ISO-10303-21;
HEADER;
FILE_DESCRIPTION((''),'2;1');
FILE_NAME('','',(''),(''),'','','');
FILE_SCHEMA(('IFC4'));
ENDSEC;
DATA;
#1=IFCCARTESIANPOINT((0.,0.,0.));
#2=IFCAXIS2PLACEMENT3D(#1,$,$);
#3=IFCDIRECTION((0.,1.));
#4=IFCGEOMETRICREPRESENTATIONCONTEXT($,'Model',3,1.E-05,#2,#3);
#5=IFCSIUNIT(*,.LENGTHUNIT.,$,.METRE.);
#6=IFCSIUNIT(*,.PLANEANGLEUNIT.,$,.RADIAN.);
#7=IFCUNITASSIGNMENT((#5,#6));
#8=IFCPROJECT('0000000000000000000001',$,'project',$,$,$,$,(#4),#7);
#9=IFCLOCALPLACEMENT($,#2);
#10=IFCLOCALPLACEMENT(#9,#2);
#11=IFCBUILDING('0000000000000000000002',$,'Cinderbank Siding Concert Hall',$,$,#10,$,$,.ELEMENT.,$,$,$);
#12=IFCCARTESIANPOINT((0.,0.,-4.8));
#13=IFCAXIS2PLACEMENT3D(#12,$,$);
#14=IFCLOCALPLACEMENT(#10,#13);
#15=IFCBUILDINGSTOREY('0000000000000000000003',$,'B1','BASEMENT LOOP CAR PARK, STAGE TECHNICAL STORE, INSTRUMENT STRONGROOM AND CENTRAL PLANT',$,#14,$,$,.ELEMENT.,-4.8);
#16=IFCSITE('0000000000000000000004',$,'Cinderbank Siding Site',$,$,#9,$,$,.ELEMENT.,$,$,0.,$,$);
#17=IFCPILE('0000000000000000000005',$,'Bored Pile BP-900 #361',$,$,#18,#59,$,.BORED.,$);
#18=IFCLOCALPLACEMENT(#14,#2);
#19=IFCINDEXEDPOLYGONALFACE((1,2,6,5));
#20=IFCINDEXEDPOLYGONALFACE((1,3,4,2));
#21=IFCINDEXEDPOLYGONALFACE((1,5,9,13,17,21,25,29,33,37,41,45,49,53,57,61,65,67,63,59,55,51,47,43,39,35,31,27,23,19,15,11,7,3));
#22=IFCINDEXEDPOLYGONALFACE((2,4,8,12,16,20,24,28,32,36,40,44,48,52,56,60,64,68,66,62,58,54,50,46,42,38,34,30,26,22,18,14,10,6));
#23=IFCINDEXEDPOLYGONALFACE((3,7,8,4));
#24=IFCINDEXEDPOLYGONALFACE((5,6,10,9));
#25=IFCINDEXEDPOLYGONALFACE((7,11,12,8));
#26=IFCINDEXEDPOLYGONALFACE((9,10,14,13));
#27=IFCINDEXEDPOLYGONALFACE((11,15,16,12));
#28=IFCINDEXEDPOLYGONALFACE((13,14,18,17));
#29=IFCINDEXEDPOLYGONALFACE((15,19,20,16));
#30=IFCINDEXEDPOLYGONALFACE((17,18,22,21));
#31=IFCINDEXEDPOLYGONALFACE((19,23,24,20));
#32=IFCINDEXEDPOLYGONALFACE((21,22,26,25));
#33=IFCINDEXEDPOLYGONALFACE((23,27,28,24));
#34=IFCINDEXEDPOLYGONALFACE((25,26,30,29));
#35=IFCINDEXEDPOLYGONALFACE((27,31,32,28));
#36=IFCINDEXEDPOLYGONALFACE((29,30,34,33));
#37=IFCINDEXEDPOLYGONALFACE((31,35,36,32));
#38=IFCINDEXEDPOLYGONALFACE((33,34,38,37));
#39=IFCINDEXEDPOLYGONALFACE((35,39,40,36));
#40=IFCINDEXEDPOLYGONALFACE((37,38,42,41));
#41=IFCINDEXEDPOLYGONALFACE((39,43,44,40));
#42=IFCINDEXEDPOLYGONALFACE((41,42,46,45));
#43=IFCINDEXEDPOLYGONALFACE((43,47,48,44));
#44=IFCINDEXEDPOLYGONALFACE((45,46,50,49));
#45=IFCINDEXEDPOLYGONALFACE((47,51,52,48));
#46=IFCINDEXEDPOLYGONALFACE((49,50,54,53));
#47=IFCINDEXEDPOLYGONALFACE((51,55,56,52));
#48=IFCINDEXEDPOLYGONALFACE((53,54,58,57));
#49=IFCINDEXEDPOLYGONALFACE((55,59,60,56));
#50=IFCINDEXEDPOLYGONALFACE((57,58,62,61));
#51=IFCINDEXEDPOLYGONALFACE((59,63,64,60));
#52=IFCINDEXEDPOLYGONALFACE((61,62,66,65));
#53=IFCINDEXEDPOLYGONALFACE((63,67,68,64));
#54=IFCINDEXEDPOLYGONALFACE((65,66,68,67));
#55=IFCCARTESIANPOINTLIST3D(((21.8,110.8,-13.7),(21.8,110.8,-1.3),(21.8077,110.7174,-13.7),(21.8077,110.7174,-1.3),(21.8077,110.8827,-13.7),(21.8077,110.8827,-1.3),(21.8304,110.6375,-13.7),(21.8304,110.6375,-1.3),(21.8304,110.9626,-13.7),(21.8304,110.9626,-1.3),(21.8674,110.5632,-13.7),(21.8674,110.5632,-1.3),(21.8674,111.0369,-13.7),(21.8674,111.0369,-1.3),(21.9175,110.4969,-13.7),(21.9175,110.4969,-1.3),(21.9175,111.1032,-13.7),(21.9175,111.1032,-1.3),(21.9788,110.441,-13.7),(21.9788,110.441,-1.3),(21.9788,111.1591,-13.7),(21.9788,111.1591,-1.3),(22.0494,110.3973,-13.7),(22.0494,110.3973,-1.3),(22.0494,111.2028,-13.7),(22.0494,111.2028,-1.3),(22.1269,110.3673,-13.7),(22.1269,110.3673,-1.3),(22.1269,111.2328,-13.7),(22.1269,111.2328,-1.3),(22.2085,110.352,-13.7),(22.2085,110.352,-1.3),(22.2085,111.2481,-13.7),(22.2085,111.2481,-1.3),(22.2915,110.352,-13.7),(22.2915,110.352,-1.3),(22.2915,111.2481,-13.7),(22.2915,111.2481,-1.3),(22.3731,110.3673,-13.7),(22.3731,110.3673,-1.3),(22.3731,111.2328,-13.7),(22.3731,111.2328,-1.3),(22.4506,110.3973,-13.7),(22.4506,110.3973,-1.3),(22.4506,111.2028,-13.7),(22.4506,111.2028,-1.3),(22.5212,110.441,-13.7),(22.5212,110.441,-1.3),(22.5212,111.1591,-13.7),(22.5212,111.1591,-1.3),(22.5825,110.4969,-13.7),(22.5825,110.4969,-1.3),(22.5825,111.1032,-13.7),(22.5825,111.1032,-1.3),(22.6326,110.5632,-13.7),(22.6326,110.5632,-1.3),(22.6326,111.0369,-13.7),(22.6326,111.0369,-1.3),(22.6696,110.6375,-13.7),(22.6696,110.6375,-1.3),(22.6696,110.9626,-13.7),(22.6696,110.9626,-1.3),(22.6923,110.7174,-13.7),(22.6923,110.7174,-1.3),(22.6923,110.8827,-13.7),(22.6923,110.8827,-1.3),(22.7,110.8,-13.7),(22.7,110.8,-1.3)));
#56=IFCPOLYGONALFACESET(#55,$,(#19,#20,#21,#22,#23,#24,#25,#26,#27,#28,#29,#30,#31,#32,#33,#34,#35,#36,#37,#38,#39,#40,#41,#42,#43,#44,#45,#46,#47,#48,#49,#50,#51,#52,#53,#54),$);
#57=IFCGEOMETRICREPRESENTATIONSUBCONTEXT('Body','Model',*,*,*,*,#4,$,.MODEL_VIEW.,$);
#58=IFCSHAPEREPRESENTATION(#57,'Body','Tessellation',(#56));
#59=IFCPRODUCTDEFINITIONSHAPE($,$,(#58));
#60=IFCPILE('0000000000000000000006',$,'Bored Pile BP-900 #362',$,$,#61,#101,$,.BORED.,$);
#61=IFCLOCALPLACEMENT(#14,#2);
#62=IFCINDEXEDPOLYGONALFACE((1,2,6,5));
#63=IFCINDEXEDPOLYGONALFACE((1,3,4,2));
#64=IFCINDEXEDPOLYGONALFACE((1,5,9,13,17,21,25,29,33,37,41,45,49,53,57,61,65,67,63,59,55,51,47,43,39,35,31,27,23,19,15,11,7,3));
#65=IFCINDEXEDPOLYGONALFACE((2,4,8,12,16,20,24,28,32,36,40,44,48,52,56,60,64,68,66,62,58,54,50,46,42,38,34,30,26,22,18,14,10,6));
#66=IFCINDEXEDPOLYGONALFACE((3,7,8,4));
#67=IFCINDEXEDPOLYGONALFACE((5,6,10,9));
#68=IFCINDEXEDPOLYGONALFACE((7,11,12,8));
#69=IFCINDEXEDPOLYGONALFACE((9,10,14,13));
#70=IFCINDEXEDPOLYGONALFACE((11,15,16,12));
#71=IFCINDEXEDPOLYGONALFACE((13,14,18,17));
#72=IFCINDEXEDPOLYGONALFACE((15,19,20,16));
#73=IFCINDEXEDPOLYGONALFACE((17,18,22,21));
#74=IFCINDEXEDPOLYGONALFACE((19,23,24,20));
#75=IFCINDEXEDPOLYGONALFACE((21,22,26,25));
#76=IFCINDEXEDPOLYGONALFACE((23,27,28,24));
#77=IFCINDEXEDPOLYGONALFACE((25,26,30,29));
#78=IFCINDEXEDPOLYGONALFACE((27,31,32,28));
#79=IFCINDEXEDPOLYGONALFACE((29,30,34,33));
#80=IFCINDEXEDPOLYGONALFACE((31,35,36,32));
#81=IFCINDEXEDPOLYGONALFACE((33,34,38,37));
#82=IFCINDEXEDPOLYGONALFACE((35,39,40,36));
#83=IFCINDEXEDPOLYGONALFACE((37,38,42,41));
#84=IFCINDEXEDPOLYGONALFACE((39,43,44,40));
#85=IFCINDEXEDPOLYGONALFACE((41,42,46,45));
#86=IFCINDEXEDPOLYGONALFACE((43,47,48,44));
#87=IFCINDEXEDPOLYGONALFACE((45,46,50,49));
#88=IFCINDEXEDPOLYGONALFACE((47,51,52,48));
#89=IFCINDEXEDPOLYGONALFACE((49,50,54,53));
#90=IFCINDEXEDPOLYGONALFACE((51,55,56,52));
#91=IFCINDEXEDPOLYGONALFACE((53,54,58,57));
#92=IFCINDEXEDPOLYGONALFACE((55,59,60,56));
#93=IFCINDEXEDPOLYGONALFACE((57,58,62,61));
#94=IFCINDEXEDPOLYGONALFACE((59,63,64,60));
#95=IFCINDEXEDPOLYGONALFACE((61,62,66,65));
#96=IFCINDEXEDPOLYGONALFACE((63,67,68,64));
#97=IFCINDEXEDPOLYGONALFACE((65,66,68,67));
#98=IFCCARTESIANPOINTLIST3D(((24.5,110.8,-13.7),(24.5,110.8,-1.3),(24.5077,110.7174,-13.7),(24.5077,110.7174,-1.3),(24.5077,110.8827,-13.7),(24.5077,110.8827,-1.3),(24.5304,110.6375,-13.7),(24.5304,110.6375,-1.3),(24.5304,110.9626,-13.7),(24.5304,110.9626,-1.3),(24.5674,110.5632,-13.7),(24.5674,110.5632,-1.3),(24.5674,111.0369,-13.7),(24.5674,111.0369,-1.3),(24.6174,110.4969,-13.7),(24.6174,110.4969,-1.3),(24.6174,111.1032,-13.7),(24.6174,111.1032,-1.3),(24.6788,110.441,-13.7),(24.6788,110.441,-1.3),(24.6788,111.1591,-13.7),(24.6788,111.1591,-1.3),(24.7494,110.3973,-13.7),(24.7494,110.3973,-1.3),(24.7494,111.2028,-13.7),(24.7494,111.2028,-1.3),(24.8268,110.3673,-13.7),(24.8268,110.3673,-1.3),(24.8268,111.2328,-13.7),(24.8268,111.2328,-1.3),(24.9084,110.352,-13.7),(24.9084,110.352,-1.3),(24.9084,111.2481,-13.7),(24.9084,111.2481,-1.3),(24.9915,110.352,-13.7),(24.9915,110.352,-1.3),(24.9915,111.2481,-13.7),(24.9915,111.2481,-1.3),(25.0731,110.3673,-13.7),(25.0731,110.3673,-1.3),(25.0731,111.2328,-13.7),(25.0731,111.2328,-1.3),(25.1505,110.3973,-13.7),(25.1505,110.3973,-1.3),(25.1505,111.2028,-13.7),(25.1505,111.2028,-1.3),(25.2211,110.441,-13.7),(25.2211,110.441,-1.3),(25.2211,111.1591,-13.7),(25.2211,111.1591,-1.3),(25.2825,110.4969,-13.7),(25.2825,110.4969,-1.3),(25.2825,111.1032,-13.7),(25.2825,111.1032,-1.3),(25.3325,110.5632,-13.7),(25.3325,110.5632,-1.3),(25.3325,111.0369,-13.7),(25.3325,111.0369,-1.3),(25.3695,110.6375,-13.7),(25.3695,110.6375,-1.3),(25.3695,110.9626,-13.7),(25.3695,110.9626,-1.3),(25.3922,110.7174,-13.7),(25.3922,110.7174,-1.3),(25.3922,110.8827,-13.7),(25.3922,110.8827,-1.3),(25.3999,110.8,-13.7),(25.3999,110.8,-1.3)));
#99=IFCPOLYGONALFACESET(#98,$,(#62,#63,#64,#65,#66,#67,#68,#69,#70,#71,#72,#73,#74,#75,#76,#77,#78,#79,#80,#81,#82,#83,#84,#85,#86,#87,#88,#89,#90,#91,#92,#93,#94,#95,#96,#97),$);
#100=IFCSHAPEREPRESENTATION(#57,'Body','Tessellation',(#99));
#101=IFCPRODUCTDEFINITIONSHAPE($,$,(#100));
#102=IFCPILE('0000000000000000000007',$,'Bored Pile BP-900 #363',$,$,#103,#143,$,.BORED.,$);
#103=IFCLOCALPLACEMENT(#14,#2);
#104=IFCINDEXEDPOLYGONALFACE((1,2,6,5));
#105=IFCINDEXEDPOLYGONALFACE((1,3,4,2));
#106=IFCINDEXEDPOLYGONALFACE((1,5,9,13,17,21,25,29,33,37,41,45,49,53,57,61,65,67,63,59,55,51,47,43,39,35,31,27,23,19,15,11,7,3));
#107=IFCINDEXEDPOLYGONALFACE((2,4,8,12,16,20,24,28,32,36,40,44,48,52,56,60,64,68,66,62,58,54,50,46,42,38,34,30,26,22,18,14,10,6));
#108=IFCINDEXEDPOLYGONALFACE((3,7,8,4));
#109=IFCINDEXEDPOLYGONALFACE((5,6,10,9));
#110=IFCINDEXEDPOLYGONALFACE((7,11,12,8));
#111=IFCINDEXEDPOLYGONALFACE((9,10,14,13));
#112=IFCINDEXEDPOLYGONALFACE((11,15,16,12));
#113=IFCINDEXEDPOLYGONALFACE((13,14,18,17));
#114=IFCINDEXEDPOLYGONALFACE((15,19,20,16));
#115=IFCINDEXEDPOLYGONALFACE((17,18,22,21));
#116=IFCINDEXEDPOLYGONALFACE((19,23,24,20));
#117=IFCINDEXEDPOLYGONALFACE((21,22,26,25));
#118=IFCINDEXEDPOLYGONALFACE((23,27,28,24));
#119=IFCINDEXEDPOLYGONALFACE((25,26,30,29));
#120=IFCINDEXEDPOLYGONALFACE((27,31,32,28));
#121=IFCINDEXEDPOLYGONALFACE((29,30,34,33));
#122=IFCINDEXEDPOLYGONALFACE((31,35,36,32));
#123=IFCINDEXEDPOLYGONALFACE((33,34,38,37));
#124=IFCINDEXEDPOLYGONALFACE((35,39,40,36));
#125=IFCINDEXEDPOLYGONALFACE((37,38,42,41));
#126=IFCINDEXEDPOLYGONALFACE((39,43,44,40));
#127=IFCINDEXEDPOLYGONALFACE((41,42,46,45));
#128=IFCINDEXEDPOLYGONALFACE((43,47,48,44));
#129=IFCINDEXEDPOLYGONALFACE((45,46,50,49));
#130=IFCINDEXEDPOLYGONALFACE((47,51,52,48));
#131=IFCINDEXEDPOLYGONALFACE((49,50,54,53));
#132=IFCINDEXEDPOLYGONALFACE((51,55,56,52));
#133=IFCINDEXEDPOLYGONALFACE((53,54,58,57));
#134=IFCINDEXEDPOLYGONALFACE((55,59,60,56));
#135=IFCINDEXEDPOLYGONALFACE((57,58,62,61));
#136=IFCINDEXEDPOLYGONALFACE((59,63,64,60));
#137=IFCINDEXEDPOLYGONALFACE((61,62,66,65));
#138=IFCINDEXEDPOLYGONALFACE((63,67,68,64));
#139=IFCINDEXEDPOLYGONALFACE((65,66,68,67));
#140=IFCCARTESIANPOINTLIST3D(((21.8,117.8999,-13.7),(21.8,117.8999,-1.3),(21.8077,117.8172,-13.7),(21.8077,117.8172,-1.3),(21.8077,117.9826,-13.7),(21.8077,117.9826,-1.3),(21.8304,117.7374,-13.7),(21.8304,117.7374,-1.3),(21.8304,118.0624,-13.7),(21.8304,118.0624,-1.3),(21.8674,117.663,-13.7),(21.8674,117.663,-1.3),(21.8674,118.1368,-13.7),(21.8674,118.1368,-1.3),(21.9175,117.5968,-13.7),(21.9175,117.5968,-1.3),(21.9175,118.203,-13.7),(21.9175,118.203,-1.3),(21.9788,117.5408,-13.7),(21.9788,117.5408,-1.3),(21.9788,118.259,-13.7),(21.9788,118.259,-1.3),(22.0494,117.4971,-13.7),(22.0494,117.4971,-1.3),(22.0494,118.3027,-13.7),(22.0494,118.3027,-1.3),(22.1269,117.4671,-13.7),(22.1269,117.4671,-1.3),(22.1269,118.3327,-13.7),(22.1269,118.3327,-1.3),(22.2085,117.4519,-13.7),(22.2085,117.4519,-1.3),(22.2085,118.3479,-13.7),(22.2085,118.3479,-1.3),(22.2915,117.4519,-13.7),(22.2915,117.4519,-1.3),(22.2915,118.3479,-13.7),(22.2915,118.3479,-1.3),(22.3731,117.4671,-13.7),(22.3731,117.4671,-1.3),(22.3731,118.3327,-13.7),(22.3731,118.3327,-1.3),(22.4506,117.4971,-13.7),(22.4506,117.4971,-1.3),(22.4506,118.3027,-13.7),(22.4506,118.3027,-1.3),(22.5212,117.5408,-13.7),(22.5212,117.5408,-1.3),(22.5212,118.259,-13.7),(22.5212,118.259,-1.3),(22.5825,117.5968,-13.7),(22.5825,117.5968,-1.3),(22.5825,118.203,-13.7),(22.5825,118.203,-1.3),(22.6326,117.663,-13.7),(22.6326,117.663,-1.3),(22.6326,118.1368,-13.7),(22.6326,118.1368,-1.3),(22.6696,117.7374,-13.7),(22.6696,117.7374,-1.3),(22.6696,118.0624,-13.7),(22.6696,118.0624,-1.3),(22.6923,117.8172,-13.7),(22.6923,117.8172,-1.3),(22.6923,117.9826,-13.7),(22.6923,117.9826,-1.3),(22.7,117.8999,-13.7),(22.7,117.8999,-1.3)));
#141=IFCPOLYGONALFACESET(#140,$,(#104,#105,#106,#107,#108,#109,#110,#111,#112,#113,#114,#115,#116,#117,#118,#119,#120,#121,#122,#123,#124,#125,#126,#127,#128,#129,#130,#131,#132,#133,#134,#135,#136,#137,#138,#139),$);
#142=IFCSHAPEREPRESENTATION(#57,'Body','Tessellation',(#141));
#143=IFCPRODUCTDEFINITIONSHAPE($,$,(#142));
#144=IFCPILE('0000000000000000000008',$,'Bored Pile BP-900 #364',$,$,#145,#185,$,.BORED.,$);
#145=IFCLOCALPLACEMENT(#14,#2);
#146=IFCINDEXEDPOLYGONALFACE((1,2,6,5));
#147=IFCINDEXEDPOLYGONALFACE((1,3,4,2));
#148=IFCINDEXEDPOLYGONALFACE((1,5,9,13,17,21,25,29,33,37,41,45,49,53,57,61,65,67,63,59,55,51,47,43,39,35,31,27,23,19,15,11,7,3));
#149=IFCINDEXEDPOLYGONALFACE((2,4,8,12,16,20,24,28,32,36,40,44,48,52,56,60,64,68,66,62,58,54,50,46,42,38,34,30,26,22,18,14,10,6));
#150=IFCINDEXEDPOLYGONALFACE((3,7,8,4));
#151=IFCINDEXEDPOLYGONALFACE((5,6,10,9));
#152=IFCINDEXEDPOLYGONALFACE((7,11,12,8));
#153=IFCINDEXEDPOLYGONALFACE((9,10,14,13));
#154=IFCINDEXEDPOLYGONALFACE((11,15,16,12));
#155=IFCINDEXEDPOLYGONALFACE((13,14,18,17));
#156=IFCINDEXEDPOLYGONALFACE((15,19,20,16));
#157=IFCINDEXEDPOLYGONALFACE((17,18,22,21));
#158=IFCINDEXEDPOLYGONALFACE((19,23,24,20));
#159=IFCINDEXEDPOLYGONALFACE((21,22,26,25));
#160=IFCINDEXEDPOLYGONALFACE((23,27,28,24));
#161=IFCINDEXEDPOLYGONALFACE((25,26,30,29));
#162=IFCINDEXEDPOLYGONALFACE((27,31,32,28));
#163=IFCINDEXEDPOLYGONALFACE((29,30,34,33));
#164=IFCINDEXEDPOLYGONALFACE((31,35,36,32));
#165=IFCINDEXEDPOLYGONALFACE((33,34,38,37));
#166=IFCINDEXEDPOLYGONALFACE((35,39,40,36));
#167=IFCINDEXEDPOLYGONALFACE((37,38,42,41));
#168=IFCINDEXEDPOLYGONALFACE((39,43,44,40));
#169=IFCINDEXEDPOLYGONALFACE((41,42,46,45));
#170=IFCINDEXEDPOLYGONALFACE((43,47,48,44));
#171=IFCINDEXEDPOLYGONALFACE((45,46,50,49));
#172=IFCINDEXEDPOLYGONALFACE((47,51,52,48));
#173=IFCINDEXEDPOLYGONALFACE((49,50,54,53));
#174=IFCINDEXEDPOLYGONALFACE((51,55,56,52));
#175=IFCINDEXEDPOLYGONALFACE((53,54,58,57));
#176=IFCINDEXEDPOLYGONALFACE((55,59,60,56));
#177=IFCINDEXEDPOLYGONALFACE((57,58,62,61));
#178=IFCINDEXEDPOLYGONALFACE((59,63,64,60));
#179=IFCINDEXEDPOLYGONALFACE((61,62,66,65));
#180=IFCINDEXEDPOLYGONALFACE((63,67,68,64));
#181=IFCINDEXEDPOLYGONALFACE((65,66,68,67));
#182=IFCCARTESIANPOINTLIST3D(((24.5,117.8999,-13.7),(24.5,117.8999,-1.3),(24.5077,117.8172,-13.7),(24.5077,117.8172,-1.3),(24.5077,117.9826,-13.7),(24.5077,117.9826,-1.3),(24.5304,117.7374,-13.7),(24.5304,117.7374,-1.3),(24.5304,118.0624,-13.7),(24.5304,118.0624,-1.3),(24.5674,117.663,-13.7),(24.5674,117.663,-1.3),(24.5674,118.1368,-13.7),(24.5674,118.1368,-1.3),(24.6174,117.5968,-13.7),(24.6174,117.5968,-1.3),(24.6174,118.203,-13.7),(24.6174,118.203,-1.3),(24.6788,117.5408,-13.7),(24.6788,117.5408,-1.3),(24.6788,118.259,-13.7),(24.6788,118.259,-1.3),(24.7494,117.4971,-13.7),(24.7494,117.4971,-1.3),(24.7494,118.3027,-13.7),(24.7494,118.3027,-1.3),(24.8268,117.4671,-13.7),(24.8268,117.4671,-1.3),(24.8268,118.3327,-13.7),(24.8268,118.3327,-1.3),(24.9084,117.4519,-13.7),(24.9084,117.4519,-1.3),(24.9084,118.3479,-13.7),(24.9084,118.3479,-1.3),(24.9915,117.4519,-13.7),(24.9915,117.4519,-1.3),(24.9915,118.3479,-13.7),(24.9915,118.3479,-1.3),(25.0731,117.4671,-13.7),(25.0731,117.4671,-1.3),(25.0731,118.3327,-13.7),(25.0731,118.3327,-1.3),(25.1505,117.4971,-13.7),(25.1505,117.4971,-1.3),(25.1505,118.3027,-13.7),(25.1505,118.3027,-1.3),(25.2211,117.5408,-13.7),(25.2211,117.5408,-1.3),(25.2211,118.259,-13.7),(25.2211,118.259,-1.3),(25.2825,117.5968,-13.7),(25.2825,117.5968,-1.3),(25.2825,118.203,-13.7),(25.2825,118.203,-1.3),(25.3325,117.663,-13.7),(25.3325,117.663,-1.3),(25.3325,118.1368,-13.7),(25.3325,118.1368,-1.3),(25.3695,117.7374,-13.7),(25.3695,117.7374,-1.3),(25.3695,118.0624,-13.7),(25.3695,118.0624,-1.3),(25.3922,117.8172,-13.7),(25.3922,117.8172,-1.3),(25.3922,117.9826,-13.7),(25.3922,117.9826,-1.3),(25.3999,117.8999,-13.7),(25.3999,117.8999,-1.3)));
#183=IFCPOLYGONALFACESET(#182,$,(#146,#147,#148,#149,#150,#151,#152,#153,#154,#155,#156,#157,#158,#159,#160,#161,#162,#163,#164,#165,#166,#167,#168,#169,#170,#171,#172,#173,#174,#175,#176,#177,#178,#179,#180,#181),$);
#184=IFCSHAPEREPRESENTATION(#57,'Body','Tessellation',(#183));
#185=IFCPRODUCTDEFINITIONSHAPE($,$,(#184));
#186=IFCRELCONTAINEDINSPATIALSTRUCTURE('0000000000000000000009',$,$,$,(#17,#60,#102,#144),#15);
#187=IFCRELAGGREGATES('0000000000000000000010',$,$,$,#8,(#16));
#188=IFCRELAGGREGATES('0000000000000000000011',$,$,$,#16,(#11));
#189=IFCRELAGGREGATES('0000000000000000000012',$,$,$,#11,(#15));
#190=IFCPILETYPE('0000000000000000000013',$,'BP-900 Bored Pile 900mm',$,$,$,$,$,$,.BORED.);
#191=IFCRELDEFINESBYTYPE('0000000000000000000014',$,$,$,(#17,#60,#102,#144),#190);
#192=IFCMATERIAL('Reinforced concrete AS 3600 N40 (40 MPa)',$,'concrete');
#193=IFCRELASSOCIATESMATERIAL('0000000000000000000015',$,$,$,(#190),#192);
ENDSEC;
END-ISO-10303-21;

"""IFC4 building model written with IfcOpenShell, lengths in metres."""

from ifc_helpers import new_model, si_unit, direction, frame, origin, origin_2d, place, context, subcontext, project, spatial, circle, extrude, material, material_profile, profile_set, type_object, element, save


model = new_model("IFC4")

# Units and contexts
model_context = context("Model", 3, precision=1e-05, world=origin(), true_north=direction((0.0, 1.0)))
body_context = subcontext(model_context, "Body", "Model", "MODEL_VIEW")
ifc_project = project(units=[si_unit("LENGTHUNIT", "METRE"), si_unit("PLANEANGLEUNIT", "RADIAN")], contexts=[model_context])

# Site, building, storey
site_placement = place(None, origin())
site = spatial("IfcSite", under=ifc_project, at=site_placement, Name="Cinderbank Siding Site", CompositionType="ELEMENT", RefElevation=0.0)
building_placement = place(site_placement, origin())
building = spatial("IfcBuilding", under=site, at=building_placement, Name="Cinderbank Siding Concert Hall", CompositionType="ELEMENT")
storey_placement = place(building_placement, frame((0.0, 0.0, -4.8)))
storey = spatial("IfcBuildingStorey", under=building, at=storey_placement, Name="B1", Description="BASEMENT LOOP CAR PARK, STAGE TECHNICAL STORE, INSTRUMENT STRONGROOM AND CENTRAL PLANT", CompositionType="ELEMENT", Elevation=-4.8)

# Piles
ifc_material_1 = material(Name="Reinforced concrete AS 3600 N40 (40 MPa)", Category="concrete")
ifc_material_profile_1 = material_profile(ifc_material_1, circle(Radius=0.45, at=origin_2d()), Name="PILE-900DIA", Category="LoadBearing")
ifc_profile_set_1 = profile_set([ifc_material_profile_1], Name="Reinforced concrete AS 3600 N40 (40 MPa)")
pile_type = type_object("IfcPileType", Name="BP-900 Bored Pile 900mm", PredefinedType="BORED", material=ifc_profile_set_1)
for number, where, z_axis, x_axis, name in (
    (1, (22.25, 110.8, -1.3), (0.0, 0.0, -1.0), (1.0, 0.0, 0.0), "Bored Pile BP-900 #361"),
    (2, (24.95, 110.8, -1.3), (0.0, 0.0, -1.0), (1.0, 0.0, 0.0), "Bored Pile BP-900 #362"),
    (3, (22.25, 117.8999, -1.3), (0.0, 0.0, -1.0), (1.0, 0.0, 0.0), "Bored Pile BP-900 #363"),
    (4, (24.95, 117.8999, -1.3), (0.0, 0.0, -1.0), (1.0, 0.0, 0.0), "Bored Pile BP-900 #364"),
):
    element("IfcPile", number, at=place(storey_placement, frame(where, z_axis=z_axis, x_axis=x_axis)), inside=storey, type_object=pile_type, Name=name, PredefinedType="BORED", context=body_context, shape_type="SweptSolid", body=[
        extrude(circle(Radius=0.45, at=origin_2d()), origin(), (0.0, 0.0, 1.0), 12.3999),
    ])

save(model, "model.ifc")
